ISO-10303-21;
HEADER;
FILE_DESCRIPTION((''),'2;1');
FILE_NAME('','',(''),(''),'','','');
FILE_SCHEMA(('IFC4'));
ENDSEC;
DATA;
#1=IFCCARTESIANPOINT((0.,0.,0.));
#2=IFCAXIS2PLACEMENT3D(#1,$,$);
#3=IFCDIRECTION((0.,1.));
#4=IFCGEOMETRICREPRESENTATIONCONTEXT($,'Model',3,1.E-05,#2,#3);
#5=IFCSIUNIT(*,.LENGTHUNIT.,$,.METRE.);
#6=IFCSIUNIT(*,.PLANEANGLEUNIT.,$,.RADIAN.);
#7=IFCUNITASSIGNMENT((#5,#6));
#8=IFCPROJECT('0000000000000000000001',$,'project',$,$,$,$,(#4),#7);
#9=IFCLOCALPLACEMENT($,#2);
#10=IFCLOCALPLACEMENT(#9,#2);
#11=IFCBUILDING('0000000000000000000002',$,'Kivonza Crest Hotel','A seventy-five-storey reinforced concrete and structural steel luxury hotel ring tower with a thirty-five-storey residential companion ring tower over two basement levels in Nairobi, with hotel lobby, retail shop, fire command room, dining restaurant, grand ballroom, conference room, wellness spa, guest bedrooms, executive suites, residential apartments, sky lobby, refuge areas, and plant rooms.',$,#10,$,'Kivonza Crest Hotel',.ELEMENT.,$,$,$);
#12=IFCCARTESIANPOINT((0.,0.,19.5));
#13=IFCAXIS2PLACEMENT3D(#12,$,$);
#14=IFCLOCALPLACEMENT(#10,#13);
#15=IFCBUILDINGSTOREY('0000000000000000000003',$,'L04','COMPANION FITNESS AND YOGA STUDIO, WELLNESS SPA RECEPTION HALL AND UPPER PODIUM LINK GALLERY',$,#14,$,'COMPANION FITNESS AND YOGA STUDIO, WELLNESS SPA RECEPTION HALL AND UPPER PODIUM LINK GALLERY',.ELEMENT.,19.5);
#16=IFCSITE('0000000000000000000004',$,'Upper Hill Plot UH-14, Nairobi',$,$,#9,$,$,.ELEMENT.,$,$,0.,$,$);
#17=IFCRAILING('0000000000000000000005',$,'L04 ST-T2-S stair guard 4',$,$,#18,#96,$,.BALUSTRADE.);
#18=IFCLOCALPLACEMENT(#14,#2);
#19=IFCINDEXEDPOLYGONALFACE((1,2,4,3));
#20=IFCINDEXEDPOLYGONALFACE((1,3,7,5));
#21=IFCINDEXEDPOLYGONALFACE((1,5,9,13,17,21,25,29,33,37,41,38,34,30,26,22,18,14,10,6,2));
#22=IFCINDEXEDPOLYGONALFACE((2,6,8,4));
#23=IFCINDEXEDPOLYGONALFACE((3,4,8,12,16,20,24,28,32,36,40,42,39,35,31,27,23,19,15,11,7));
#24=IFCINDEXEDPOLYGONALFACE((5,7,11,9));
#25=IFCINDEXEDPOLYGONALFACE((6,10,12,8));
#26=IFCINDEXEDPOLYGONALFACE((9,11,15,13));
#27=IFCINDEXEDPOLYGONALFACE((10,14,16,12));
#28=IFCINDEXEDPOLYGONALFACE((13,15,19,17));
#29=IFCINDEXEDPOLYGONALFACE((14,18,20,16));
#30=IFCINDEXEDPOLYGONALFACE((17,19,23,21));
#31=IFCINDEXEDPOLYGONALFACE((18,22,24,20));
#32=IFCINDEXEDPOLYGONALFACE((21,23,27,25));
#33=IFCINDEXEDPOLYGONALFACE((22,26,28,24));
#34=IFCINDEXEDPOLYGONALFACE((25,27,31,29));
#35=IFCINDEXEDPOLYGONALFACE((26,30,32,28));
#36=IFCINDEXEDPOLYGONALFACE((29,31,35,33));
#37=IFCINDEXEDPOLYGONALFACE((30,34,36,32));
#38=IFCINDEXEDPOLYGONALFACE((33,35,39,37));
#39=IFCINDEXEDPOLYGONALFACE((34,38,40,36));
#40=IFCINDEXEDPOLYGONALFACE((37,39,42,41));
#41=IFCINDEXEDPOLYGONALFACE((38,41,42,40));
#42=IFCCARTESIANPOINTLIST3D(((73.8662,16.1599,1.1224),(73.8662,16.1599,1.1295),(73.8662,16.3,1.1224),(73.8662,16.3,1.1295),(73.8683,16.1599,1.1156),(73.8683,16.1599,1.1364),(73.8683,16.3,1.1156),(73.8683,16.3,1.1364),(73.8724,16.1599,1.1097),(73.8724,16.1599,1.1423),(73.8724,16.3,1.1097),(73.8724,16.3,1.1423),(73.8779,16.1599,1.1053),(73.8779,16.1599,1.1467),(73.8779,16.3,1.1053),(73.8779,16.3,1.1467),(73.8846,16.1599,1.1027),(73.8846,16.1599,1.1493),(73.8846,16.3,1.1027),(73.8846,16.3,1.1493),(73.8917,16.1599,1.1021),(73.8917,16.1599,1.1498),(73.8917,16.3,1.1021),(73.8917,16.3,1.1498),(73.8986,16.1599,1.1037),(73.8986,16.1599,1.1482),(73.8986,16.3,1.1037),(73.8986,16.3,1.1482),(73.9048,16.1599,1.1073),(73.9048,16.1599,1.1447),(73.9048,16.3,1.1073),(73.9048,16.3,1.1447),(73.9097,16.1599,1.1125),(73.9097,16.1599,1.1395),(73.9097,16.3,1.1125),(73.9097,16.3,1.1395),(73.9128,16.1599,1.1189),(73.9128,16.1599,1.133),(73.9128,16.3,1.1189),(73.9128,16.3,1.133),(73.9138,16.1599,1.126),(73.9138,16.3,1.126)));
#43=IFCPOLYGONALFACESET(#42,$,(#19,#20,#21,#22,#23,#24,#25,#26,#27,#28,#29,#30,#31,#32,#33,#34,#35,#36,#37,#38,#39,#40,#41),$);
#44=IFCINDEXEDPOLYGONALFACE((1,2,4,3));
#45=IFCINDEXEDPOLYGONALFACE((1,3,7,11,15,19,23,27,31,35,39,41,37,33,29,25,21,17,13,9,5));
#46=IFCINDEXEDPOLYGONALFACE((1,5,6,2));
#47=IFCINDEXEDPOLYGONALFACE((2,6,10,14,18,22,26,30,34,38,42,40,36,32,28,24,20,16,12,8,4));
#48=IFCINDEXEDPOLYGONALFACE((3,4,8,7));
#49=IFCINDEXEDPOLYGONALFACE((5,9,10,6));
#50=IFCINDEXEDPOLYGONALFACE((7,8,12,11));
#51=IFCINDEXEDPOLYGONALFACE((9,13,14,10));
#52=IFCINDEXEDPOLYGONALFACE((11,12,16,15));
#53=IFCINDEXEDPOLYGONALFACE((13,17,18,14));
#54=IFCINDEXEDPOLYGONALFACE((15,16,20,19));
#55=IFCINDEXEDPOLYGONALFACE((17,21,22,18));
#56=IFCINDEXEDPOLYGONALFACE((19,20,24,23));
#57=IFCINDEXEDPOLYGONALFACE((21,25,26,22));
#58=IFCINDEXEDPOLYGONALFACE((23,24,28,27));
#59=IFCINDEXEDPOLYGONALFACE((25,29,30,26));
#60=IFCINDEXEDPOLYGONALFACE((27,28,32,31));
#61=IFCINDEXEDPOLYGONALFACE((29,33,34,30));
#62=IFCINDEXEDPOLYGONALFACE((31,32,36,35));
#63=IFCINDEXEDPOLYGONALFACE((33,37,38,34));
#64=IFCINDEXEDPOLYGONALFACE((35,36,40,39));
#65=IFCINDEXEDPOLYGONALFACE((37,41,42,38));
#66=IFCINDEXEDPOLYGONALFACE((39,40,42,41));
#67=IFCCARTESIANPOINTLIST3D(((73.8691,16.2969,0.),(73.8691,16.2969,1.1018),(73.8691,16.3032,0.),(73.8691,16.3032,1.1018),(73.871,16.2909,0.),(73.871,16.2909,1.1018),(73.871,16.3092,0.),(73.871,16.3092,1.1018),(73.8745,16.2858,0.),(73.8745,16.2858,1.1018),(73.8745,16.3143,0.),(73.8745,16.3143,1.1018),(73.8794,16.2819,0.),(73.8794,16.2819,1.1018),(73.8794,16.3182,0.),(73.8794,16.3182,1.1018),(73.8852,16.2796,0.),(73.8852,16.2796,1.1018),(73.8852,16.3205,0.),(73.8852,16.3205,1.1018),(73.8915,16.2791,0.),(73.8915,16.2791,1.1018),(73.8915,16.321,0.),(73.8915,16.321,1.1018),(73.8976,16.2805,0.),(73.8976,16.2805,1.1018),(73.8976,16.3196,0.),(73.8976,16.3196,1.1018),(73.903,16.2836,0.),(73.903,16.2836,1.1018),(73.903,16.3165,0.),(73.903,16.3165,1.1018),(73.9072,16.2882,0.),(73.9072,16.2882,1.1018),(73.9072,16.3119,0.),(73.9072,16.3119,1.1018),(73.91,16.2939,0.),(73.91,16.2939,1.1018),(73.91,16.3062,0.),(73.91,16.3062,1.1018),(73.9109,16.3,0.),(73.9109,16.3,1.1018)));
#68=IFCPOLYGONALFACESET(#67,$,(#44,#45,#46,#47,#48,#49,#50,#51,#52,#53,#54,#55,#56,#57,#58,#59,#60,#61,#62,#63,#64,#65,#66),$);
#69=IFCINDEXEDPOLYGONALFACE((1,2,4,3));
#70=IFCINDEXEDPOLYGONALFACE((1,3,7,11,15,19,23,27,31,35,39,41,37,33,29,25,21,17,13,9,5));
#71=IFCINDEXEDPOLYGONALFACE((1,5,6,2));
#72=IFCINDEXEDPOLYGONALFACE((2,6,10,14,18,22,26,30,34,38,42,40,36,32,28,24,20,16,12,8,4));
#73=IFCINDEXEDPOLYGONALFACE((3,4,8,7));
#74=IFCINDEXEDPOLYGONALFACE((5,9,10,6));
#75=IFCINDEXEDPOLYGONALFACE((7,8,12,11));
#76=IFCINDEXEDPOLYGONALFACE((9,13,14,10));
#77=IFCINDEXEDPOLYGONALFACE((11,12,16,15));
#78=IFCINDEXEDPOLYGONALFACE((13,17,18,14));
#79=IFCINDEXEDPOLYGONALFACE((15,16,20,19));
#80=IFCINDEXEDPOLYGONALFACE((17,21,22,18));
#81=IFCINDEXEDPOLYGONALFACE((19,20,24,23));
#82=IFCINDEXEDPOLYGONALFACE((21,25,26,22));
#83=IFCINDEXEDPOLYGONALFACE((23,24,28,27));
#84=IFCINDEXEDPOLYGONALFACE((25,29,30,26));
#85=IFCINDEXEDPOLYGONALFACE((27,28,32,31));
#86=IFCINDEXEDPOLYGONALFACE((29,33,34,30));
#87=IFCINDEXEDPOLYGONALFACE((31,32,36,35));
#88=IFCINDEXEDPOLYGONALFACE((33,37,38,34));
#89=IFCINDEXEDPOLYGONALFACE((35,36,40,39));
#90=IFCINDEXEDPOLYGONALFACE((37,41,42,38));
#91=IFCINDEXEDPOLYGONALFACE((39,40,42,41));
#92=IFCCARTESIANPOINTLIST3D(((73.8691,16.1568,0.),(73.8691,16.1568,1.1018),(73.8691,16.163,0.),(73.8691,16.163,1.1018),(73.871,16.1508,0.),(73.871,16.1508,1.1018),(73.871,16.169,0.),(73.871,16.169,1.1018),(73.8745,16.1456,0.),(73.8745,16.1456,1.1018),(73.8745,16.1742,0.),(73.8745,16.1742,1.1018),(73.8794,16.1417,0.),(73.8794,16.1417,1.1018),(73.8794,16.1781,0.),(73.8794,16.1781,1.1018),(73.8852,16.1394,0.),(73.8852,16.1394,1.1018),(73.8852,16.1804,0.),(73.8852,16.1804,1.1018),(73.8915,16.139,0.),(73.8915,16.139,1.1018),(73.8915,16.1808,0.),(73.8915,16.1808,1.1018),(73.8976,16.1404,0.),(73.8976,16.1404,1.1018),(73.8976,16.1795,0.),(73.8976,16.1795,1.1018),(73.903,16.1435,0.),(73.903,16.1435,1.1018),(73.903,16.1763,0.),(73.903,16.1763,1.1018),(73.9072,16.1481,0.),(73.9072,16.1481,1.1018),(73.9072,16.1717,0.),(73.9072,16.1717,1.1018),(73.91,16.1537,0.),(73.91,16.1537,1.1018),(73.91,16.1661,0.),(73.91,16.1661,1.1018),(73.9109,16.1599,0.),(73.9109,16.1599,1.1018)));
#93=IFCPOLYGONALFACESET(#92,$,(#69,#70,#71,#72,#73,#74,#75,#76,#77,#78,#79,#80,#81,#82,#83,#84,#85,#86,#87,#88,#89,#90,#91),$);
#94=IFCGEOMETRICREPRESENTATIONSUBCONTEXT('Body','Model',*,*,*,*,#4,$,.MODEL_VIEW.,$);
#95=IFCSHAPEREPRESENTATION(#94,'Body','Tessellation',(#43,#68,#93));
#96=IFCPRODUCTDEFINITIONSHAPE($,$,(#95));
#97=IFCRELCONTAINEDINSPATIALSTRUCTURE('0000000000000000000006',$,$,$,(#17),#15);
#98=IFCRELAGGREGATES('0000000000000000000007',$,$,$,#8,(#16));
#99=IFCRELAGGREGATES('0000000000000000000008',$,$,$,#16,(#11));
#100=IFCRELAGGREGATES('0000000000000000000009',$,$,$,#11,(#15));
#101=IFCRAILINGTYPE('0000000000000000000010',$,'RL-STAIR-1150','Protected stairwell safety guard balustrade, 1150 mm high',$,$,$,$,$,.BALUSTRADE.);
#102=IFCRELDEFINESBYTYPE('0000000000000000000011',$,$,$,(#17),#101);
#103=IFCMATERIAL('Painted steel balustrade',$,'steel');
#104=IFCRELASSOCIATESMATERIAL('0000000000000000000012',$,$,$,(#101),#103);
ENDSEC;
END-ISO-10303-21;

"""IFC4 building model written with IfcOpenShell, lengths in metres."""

from ifc_helpers import new_model, si_unit, direction, frame, origin, origin_2d, place, context, subcontext, project, spatial, circle, extrude, material, type_object, element, save


model = new_model("IFC4")

# Units and contexts
model_context = context("Model", 3, precision=1e-05, world=origin(), true_north=direction((0.0, 1.0)))
body_context = subcontext(model_context, "Body", "Model", "MODEL_VIEW")
ifc_project = project(units=[si_unit("LENGTHUNIT", "METRE"), si_unit("PLANEANGLEUNIT", "RADIAN")], contexts=[model_context])

# Site, building, storey
site_placement = place(None, origin())
site = spatial("IfcSite", under=ifc_project, at=site_placement, Name="Upper Hill Plot UH-14, Nairobi", CompositionType="ELEMENT", RefElevation=0.0)
building_placement = place(site_placement, origin())
building = spatial("IfcBuilding", under=site, at=building_placement, Name="Kivonza Crest Hotel", Description="A seventy-five-storey reinforced concrete and structural steel luxury hotel ring tower with a thirty-five-storey residential companion ring tower over two basement levels in Nairobi, with hotel lobby, retail shop, fire command room, dining restaurant, grand ballroom, conference room, wellness spa, guest bedrooms, executive suites, residential apartments, sky lobby, refuge areas, and plant rooms.", LongName="Kivonza Crest Hotel", CompositionType="ELEMENT")
storey_placement = place(building_placement, frame((0.0, 0.0, 19.5)))
storey = spatial("IfcBuildingStorey", under=building, at=storey_placement, Name="L04", Description="COMPANION FITNESS AND YOGA STUDIO, WELLNESS SPA RECEPTION HALL AND UPPER PODIUM LINK GALLERY", LongName="COMPANION FITNESS AND YOGA STUDIO, WELLNESS SPA RECEPTION HALL AND UPPER PODIUM LINK GALLERY", CompositionType="ELEMENT", Elevation=19.5)

# Railing
ifc_material_1 = material(Name="Painted steel balustrade", Category="steel")
railing_type_1 = type_object("IfcRailingType", Name="RL-STAIR-1150", Description="Protected stairwell safety guard balustrade, 1150 mm high", PredefinedType="BALUSTRADE", material=ifc_material_1)
railing_1_placement = place(storey_placement, frame((73.8899, 16.3, 0.0)))
element("IfcRailing", 1, at=railing_1_placement, inside=storey, type_object=railing_type_1, Name="L04 ST-T2-S stair guard 4", PredefinedType="BALUSTRADE", context=body_context, shape_type="SweptSolid", body=[
    extrude(circle(Radius=0.0239, at=origin_2d()), frame((0.0, 0.0, 1.126), z_axis=(0.0, -1.0, 0.0), x_axis=(1.0, 0.0, 0.0)), (0.0, 0.0, 1.0), 0.1401),
    extrude(circle(Radius=0.021, at=origin_2d()), origin(), (0.0, 0.0, 1.0), 1.1018),
    extrude(circle(Radius=0.021, at=origin_2d()), frame((0.0, -0.1401, 0.0)), (0.0, 0.0, 1.0), 1.1018),
])

save(model, "model.ifc")
